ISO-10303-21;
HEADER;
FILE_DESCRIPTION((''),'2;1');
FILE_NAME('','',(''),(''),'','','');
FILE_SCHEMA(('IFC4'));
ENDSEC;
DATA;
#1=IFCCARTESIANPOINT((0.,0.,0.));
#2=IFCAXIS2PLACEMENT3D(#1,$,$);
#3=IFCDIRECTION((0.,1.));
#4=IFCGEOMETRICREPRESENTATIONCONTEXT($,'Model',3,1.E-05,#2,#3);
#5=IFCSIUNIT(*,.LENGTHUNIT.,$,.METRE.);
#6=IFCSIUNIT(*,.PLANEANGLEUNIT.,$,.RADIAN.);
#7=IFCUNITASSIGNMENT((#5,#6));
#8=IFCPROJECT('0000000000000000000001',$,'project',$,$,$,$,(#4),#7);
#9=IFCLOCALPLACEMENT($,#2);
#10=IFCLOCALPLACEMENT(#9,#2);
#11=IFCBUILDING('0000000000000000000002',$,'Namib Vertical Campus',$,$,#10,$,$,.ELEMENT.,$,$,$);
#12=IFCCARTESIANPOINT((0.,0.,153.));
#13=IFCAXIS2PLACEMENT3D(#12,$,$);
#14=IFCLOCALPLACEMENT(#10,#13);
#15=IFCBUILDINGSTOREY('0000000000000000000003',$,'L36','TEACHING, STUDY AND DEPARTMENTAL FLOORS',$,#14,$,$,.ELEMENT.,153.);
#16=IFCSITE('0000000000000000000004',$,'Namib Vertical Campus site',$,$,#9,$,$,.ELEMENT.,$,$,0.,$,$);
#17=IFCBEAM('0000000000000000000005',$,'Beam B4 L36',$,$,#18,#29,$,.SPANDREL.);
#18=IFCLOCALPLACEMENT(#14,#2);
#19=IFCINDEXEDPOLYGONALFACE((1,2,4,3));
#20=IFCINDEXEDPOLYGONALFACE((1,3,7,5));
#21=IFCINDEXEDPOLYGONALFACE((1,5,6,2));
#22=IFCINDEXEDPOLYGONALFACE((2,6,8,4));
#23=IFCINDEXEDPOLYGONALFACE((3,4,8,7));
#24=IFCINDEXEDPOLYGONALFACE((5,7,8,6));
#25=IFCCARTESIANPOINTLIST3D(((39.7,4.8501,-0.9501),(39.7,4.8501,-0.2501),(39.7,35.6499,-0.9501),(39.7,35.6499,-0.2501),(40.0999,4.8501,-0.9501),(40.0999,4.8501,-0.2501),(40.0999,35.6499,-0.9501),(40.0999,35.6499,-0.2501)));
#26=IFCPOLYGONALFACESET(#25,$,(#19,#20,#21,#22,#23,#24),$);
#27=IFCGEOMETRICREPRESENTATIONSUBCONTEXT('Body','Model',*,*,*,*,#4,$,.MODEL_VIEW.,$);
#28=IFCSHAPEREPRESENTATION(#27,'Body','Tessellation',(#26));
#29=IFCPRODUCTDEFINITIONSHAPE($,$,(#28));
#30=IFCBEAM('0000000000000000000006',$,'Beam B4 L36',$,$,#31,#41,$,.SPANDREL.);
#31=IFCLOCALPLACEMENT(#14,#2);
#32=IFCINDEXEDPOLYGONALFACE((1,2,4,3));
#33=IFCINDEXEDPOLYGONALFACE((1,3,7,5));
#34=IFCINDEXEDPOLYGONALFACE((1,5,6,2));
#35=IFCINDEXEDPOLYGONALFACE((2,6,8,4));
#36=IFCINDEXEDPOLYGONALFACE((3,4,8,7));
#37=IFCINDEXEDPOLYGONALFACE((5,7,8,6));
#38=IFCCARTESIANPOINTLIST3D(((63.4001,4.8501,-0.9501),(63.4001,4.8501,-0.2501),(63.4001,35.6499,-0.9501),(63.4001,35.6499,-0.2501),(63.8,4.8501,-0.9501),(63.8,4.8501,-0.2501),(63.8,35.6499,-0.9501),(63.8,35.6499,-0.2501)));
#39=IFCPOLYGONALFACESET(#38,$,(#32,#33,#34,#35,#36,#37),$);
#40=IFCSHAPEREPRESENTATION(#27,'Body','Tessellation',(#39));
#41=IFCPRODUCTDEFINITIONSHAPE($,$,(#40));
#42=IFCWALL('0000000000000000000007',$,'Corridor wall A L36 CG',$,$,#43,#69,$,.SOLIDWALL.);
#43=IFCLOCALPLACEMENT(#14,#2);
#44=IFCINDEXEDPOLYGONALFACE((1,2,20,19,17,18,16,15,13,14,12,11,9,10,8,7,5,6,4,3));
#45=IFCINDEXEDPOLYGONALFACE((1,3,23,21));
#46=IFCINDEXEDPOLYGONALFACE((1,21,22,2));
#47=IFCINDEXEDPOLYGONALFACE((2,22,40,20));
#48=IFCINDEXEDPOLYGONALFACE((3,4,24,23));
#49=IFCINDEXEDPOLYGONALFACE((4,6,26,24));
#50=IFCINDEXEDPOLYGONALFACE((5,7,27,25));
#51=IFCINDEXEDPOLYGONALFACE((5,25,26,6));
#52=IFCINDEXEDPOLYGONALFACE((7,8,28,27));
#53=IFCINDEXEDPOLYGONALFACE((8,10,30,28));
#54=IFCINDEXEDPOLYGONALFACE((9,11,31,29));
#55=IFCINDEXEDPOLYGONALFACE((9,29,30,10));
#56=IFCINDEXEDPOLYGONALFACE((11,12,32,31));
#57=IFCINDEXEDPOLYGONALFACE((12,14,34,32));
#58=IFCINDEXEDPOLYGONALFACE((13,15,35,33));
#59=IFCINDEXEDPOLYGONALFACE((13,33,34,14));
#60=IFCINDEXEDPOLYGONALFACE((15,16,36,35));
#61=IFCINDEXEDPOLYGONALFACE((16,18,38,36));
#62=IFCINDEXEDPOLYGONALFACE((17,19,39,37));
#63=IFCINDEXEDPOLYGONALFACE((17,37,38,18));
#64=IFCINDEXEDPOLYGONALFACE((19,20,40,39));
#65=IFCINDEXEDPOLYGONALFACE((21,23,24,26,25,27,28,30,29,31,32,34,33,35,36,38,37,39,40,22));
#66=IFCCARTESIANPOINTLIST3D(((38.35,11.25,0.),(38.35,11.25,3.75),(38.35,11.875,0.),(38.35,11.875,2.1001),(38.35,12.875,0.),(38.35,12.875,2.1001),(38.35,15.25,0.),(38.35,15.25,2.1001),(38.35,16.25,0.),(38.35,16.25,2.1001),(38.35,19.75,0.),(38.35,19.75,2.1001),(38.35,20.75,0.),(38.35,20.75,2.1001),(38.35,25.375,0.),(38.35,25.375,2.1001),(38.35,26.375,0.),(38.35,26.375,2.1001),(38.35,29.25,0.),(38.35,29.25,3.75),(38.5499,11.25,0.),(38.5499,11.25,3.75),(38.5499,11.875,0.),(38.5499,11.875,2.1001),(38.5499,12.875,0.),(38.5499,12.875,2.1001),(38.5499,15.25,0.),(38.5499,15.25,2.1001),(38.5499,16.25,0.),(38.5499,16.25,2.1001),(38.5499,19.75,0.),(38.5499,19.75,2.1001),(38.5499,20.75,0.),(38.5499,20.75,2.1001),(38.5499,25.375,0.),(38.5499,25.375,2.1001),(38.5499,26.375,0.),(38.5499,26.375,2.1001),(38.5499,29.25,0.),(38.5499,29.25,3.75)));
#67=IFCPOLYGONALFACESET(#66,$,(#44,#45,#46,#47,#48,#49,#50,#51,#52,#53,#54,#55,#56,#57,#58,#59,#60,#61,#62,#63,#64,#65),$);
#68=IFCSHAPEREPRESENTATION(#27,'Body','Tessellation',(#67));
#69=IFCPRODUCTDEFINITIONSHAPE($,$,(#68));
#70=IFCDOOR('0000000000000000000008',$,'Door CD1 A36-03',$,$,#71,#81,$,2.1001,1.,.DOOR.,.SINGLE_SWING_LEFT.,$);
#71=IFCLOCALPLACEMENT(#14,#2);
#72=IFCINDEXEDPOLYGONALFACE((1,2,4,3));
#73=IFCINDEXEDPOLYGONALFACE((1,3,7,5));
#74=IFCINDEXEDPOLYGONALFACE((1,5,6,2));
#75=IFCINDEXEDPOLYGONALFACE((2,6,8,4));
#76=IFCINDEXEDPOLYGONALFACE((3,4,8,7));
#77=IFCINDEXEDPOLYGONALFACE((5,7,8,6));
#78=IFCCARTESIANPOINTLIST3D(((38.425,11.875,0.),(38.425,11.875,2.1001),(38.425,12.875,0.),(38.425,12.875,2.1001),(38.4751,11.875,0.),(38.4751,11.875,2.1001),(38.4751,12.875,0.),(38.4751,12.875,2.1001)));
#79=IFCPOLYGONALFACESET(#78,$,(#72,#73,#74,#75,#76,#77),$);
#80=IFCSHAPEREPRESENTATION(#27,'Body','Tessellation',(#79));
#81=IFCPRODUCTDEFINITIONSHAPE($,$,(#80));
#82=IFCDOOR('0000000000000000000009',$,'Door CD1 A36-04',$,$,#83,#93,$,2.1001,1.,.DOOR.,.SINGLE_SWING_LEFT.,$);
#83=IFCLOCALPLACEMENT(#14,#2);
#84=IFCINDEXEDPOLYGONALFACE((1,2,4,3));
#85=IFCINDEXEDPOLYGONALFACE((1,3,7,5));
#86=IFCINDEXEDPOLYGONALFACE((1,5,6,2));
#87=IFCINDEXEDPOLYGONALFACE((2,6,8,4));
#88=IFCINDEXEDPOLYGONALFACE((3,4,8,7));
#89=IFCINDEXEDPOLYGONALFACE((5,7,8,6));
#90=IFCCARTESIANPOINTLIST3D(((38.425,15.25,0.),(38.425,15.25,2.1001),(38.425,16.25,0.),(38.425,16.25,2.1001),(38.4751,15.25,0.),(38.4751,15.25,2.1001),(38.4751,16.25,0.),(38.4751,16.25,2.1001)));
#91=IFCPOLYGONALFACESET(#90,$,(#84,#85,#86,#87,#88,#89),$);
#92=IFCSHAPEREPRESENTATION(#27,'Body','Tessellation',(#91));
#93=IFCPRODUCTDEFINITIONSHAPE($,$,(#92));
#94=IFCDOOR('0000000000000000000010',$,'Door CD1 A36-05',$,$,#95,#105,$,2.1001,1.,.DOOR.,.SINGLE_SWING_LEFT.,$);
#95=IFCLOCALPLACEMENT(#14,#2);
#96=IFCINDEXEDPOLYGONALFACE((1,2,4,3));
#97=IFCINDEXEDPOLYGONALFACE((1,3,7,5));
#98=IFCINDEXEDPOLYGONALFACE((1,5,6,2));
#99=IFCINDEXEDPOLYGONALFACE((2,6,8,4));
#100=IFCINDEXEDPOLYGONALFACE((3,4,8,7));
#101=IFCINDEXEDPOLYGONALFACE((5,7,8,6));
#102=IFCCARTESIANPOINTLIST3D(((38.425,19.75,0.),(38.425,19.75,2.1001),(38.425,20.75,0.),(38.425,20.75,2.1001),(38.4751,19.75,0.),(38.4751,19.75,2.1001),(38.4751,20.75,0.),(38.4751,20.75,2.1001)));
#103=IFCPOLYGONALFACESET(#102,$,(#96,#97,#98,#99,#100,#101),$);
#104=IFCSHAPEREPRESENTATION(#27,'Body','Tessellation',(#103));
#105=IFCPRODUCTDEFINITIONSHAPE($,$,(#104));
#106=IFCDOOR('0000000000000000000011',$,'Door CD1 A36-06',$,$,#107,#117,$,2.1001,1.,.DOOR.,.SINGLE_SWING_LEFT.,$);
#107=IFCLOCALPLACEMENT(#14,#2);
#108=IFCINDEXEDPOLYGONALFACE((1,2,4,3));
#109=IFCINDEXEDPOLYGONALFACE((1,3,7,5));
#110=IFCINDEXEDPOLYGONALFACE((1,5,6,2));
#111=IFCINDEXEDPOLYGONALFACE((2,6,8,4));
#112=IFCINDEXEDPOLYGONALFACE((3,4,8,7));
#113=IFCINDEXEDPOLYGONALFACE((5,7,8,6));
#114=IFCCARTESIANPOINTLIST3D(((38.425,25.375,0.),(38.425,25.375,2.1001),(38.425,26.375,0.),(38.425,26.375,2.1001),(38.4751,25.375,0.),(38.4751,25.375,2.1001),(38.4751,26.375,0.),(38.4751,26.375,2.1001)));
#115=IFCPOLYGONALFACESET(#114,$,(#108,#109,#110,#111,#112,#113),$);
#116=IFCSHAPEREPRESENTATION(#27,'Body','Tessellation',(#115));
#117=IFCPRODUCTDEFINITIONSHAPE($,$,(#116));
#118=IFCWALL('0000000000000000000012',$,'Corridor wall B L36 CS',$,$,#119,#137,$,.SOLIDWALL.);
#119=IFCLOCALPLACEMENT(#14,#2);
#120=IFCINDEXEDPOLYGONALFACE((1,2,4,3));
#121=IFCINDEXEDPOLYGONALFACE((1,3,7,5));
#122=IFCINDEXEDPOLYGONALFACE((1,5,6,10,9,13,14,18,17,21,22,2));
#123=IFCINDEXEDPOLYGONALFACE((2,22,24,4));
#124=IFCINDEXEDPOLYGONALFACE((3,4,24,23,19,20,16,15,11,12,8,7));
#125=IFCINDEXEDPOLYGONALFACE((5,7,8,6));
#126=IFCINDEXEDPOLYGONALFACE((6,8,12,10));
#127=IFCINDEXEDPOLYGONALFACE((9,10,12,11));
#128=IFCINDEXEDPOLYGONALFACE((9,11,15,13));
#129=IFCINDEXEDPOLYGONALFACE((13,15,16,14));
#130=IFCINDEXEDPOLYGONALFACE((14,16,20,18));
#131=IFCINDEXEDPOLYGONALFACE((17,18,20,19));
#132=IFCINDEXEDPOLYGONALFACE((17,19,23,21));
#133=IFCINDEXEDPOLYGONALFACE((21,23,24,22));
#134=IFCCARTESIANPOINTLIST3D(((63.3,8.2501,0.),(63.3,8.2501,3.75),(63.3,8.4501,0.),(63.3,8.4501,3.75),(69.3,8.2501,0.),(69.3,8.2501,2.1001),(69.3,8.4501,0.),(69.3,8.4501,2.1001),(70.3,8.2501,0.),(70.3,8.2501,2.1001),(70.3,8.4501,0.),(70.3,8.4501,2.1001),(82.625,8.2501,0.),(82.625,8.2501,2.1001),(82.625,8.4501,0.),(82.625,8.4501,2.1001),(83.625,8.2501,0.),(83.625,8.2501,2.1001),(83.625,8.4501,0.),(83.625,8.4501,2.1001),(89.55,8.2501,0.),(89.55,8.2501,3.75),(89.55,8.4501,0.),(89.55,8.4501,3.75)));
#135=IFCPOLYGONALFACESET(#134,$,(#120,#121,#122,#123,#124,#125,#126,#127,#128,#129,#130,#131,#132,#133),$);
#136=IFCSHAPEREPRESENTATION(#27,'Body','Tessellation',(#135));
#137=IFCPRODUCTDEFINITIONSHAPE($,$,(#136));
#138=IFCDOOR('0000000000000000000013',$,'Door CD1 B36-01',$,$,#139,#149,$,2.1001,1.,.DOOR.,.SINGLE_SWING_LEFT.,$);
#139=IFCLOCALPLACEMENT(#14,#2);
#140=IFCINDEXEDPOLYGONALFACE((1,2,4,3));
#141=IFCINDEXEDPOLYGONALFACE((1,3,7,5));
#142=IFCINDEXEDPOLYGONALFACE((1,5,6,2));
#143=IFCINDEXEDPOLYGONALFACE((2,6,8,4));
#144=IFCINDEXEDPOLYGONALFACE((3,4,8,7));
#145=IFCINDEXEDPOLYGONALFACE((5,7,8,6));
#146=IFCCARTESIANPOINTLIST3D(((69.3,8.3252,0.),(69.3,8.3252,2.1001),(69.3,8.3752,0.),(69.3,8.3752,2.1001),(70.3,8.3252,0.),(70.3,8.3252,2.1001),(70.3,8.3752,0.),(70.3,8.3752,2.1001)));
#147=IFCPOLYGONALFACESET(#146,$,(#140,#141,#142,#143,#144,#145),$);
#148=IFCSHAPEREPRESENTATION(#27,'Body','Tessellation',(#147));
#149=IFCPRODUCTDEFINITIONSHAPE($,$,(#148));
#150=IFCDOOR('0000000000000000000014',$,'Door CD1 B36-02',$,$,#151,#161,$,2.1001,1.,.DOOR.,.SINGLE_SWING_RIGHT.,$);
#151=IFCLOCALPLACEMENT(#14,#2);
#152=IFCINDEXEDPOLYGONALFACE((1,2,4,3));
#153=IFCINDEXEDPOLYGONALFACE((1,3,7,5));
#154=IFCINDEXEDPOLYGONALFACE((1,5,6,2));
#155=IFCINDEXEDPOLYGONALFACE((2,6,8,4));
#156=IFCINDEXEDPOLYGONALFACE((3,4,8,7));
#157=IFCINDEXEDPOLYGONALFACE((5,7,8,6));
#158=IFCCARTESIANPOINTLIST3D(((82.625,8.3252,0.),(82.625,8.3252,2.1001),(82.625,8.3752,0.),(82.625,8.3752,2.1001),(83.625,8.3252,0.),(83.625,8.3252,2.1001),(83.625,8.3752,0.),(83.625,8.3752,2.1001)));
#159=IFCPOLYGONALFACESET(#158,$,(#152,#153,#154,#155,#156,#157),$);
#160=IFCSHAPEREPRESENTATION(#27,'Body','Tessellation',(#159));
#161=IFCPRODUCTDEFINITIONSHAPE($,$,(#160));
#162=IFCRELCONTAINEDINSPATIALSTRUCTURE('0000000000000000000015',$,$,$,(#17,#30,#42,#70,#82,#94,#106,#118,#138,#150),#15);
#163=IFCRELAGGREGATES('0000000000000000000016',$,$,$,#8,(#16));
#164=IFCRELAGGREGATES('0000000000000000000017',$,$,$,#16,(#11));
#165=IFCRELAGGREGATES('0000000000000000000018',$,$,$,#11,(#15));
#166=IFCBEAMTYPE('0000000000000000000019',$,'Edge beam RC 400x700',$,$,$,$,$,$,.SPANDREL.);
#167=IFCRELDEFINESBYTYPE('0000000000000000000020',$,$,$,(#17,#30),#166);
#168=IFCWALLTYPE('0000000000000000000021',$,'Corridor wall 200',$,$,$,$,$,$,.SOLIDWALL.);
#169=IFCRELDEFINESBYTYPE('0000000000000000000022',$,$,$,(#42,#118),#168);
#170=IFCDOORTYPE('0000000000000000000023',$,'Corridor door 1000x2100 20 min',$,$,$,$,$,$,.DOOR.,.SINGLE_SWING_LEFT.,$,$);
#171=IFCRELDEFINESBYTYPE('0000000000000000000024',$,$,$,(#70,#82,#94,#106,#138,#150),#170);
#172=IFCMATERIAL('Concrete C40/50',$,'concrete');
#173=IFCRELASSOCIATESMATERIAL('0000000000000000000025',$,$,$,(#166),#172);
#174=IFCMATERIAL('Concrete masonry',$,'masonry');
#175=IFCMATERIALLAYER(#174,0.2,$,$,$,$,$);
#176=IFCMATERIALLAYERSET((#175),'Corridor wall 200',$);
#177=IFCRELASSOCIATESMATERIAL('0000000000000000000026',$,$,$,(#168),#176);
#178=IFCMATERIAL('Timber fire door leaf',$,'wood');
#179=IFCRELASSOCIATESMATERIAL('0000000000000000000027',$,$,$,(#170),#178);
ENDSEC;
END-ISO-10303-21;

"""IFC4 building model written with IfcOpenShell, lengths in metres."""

from ifc_helpers import new_model, si_unit, direction, frame, frame_2d, origin, origin_2d, place, context, subcontext, project, spatial, rectangle, extrude, material, layer, layer_set, material_profile, profile_set, type_object, element, fill, save


model = new_model("IFC4")

# Units and contexts
model_context = context("Model", 3, precision=1e-05, world=origin(), true_north=direction((0.0, 1.0)))
body_context = subcontext(model_context, "Body", "Model", "MODEL_VIEW")
ifc_project = project(units=[si_unit("LENGTHUNIT", "METRE"), si_unit("PLANEANGLEUNIT", "RADIAN")], contexts=[model_context])

# Site, building, storey
site_placement = place(None, origin())
site = spatial("IfcSite", under=ifc_project, at=site_placement, Name="Namib Vertical Campus site", CompositionType="ELEMENT", RefElevation=0.0)
building_placement = place(site_placement, origin())
building = spatial("IfcBuilding", under=site, at=building_placement, Name="Namib Vertical Campus", CompositionType="ELEMENT")
storey_placement = place(building_placement, frame((0.0, 0.0, 153.0)))
storey = spatial("IfcBuildingStorey", under=building, at=storey_placement, Name="L36", Description="TEACHING, STUDY AND DEPARTMENTAL FLOORS", CompositionType="ELEMENT", Elevation=153.0)

# Beams
ifc_material_1 = material(Name="Concrete C40/50", Category="concrete")
ifc_material_profile = material_profile(ifc_material_1, rectangle(XDim=0.3999, YDim=0.7, at=origin_2d()))
ifc_profile_set = profile_set([ifc_material_profile], Name="Concrete C40/50")
beam_type = type_object("IfcBeamType", Name="Edge beam RC 400x700", PredefinedType="SPANDREL", material=ifc_profile_set)
for number, where, z_axis, x_axis, name in (
    (1, (39.8999, 4.8501, -0.6001), (0.0, 1.0, 0.0), (-1.0, 0.0, 0.0), "Beam B4 L36"),
    (2, (63.6001, 4.8501, -0.6001), (0.0, 1.0, 0.0), (-1.0, 0.0, 0.0), "Beam B4 L36"),
):
    element("IfcBeam", number, at=place(storey_placement, frame(where, z_axis=z_axis, x_axis=x_axis)), inside=storey, type_object=beam_type, Name=name, PredefinedType="SPANDREL", context=body_context, shape_type="SweptSolid", body=[
        extrude(rectangle(XDim=0.3999, YDim=0.7, at=origin_2d()), origin(), (0.0, 0.0, 1.0), 30.7998),
    ])

# Walls, openings, doors
ifc_material_2 = material(Name="Concrete masonry", Category="masonry")
ifc_layer_1 = layer(ifc_material_2, 0.2)
ifc_layer_set_1 = layer_set([ifc_layer_1], Name="Corridor wall 200")
wall_type_1 = type_object("IfcWallType", Name="Corridor wall 200", PredefinedType="SOLIDWALL", material=ifc_layer_set_1)
wall_1_placement = place(storey_placement, frame((38.45, 11.25, 0.0), z_axis=(0.0, 0.0, 1.0), x_axis=(0.0, 1.0, 0.0)))
wall_1 = element("IfcWall", 3, at=wall_1_placement, inside=storey, type_object=wall_type_1, Name="Corridor wall A L36 CG", PredefinedType="SOLIDWALL", context=body_context, shape_type="SweptSolid", body=[
    extrude(rectangle(XDim=18.0, YDim=0.2, at=frame_2d((9.0, 0.0))), origin(), (0.0, 0.0, 1.0), 3.75),
])
opening_1_placement = place(wall_1_placement, frame((0.625, 0.0, 0.0)))
opening_1 = element("IfcOpeningElement", 4, at=opening_1_placement, cuts=wall_1, PredefinedType="OPENING", context=body_context, shape_type="SweptSolid", body=[
    extrude(rectangle(XDim=1.0, YDim=2.1001, at=frame_2d((0.5, 1.05))), frame((0.0, 0.1099, 0.0), z_axis=(0.0, -1.0, 0.0), x_axis=(1.0, 0.0, 0.0)), (0.0, 0.0, 1.0), 0.22),
])
opening_2_placement = place(wall_1_placement, frame((4.0, 0.0, 0.0)))
opening_2 = element("IfcOpeningElement", 5, at=opening_2_placement, cuts=wall_1, PredefinedType="OPENING", context=body_context, shape_type="SweptSolid", body=[
    extrude(rectangle(XDim=1.0, YDim=2.1001, at=frame_2d((0.5, 1.05))), frame((0.0, 0.1099, 0.0), z_axis=(0.0, -1.0, 0.0), x_axis=(1.0, 0.0, 0.0)), (0.0, 0.0, 1.0), 0.22),
])
opening_3_placement = place(wall_1_placement, frame((8.5, 0.0, 0.0)))
opening_3 = element("IfcOpeningElement", 6, at=opening_3_placement, cuts=wall_1, PredefinedType="OPENING", context=body_context, shape_type="SweptSolid", body=[
    extrude(rectangle(XDim=1.0, YDim=2.1001, at=frame_2d((0.5, 1.05))), frame((0.0, 0.1099, 0.0), z_axis=(0.0, -1.0, 0.0), x_axis=(1.0, 0.0, 0.0)), (0.0, 0.0, 1.0), 0.22),
])
opening_4_placement = place(wall_1_placement, frame((14.125, 0.0, 0.0)))
opening_4 = element("IfcOpeningElement", 7, at=opening_4_placement, cuts=wall_1, PredefinedType="OPENING", context=body_context, shape_type="SweptSolid", body=[
    extrude(rectangle(XDim=1.0, YDim=2.1001, at=frame_2d((0.5, 1.05))), frame((0.0, 0.1099, 0.0), z_axis=(0.0, -1.0, 0.0), x_axis=(1.0, 0.0, 0.0)), (0.0, 0.0, 1.0), 0.22),
])
ifc_material_3 = material(Name="Timber fire door leaf", Category="wood")
door_type = type_object("IfcDoorType", Name="Corridor door 1000x2100 20 min", OperationType="SINGLE_SWING_LEFT", PredefinedType="DOOR", material=ifc_material_3)
door_1_placement = place(opening_1_placement, origin())
door_1 = element("IfcDoor", 8, at=door_1_placement, inside=storey, type_object=door_type, Name="Door CD1 A36-03", OperationType="SINGLE_SWING_LEFT", OverallHeight=2.1001, OverallWidth=1.0, PredefinedType="DOOR", context=body_context, shape_type="SweptSolid", body=[
    extrude(rectangle(XDim=1.0, YDim=2.1001, at=frame_2d((0.5, 1.05))), frame((0.0, 0.0249, 0.0), z_axis=(0.0, -1.0, 0.0), x_axis=(1.0, 0.0, 0.0)), (0.0, 0.0, 1.0), 0.05),
])
fill(opening_1, door_1)
door_2_placement = place(opening_2_placement, origin())
door_2 = element("IfcDoor", 9, at=door_2_placement, inside=storey, type_object=door_type, Name="Door CD1 A36-04", OperationType="SINGLE_SWING_LEFT", OverallHeight=2.1001, OverallWidth=1.0, PredefinedType="DOOR", context=body_context, shape_type="SweptSolid", body=[
    extrude(rectangle(XDim=1.0, YDim=2.1001, at=frame_2d((0.5, 1.05))), frame((0.0, 0.0249, 0.0), z_axis=(0.0, -1.0, 0.0), x_axis=(1.0, 0.0, 0.0)), (0.0, 0.0, 1.0), 0.05),
])
fill(opening_2, door_2)
door_3_placement = place(opening_3_placement, origin())
door_3 = element("IfcDoor", 10, at=door_3_placement, inside=storey, type_object=door_type, Name="Door CD1 A36-05", OperationType="SINGLE_SWING_LEFT", OverallHeight=2.1001, OverallWidth=1.0, PredefinedType="DOOR", context=body_context, shape_type="SweptSolid", body=[
    extrude(rectangle(XDim=1.0, YDim=2.1001, at=frame_2d((0.5, 1.05))), frame((0.0, 0.0249, 0.0), z_axis=(0.0, -1.0, 0.0), x_axis=(1.0, 0.0, 0.0)), (0.0, 0.0, 1.0), 0.05),
])
fill(opening_3, door_3)
door_4_placement = place(opening_4_placement, origin())
door_4 = element("IfcDoor", 11, at=door_4_placement, inside=storey, type_object=door_type, Name="Door CD1 A36-06", OperationType="SINGLE_SWING_LEFT", OverallHeight=2.1001, OverallWidth=1.0, PredefinedType="DOOR", context=body_context, shape_type="SweptSolid", body=[
    extrude(rectangle(XDim=1.0, YDim=2.1001, at=frame_2d((0.5, 1.05))), frame((0.0, 0.0249, 0.0), z_axis=(0.0, -1.0, 0.0), x_axis=(1.0, 0.0, 0.0)), (0.0, 0.0, 1.0), 0.05),
])
fill(opening_4, door_4)
wall_2_placement = place(storey_placement, frame((63.3, 8.3501, 0.0), z_axis=(0.0, 0.0, 1.0), x_axis=(1.0, 0.0, 0.0)))
wall_2 = element("IfcWall", 12, at=wall_2_placement, inside=storey, type_object=wall_type_1, Name="Corridor wall B L36 CS", PredefinedType="SOLIDWALL", context=body_context, shape_type="SweptSolid", body=[
    extrude(rectangle(XDim=26.25, YDim=0.2, at=frame_2d((13.125, 0.0))), origin(), (0.0, 0.0, 1.0), 3.75),
])
opening_5_placement = place(wall_2_placement, frame((6.0, 0.0, 0.0)))
opening_5 = element("IfcOpeningElement", 13, at=opening_5_placement, cuts=wall_2, PredefinedType="OPENING", context=body_context, shape_type="SweptSolid", body=[
    extrude(rectangle(XDim=1.0, YDim=2.1001, at=frame_2d((0.5, 1.05))), frame((0.0, 0.1099, 0.0), z_axis=(0.0, -1.0, 0.0), x_axis=(1.0, 0.0, 0.0)), (0.0, 0.0, 1.0), 0.22),
])
opening_6_placement = place(wall_2_placement, frame((19.325, 0.0, 0.0)))
opening_6 = element("IfcOpeningElement", 14, at=opening_6_placement, cuts=wall_2, PredefinedType="OPENING", context=body_context, shape_type="SweptSolid", body=[
    extrude(rectangle(XDim=1.0, YDim=2.1001, at=frame_2d((0.5, 1.05))), frame((0.0, 0.1099, 0.0), z_axis=(0.0, -1.0, 0.0), x_axis=(1.0, 0.0, 0.0)), (0.0, 0.0, 1.0), 0.22),
])
door_5_placement = place(opening_5_placement, frame((1.0, 0.0, 0.0), z_axis=(0.0, 0.0, 1.0), x_axis=(-1.0, 0.0, 0.0)))
door_5 = element("IfcDoor", 15, at=door_5_placement, inside=storey, type_object=door_type, Name="Door CD1 B36-01", OperationType="SINGLE_SWING_LEFT", OverallHeight=2.1001, OverallWidth=1.0, PredefinedType="DOOR", context=body_context, shape_type="SweptSolid", body=[
    extrude(rectangle(XDim=1.0, YDim=2.1001, at=frame_2d((0.5, 1.05))), frame((0.0, 0.0249, 0.0), z_axis=(0.0, -1.0, 0.0), x_axis=(1.0, 0.0, 0.0)), (0.0, 0.0, 1.0), 0.05),
])
fill(opening_5, door_5)
door_6_placement = place(opening_6_placement, frame((1.0, 0.0, 0.0), z_axis=(0.0, 0.0, 1.0), x_axis=(-1.0, 0.0, 0.0)))
door_6 = element("IfcDoor", 16, at=door_6_placement, inside=storey, type_object=door_type, Name="Door CD1 B36-02", OperationType="SINGLE_SWING_RIGHT", OverallHeight=2.1001, OverallWidth=1.0, PredefinedType="DOOR", context=body_context, shape_type="SweptSolid", body=[
    extrude(rectangle(XDim=1.0, YDim=2.1001, at=frame_2d((0.5, 1.05))), frame((0.0, 0.0249, 0.0), z_axis=(0.0, -1.0, 0.0), x_axis=(1.0, 0.0, 0.0)), (0.0, 0.0, 1.0), 0.05),
])
fill(opening_6, door_6)

save(model, "model.ifc")
